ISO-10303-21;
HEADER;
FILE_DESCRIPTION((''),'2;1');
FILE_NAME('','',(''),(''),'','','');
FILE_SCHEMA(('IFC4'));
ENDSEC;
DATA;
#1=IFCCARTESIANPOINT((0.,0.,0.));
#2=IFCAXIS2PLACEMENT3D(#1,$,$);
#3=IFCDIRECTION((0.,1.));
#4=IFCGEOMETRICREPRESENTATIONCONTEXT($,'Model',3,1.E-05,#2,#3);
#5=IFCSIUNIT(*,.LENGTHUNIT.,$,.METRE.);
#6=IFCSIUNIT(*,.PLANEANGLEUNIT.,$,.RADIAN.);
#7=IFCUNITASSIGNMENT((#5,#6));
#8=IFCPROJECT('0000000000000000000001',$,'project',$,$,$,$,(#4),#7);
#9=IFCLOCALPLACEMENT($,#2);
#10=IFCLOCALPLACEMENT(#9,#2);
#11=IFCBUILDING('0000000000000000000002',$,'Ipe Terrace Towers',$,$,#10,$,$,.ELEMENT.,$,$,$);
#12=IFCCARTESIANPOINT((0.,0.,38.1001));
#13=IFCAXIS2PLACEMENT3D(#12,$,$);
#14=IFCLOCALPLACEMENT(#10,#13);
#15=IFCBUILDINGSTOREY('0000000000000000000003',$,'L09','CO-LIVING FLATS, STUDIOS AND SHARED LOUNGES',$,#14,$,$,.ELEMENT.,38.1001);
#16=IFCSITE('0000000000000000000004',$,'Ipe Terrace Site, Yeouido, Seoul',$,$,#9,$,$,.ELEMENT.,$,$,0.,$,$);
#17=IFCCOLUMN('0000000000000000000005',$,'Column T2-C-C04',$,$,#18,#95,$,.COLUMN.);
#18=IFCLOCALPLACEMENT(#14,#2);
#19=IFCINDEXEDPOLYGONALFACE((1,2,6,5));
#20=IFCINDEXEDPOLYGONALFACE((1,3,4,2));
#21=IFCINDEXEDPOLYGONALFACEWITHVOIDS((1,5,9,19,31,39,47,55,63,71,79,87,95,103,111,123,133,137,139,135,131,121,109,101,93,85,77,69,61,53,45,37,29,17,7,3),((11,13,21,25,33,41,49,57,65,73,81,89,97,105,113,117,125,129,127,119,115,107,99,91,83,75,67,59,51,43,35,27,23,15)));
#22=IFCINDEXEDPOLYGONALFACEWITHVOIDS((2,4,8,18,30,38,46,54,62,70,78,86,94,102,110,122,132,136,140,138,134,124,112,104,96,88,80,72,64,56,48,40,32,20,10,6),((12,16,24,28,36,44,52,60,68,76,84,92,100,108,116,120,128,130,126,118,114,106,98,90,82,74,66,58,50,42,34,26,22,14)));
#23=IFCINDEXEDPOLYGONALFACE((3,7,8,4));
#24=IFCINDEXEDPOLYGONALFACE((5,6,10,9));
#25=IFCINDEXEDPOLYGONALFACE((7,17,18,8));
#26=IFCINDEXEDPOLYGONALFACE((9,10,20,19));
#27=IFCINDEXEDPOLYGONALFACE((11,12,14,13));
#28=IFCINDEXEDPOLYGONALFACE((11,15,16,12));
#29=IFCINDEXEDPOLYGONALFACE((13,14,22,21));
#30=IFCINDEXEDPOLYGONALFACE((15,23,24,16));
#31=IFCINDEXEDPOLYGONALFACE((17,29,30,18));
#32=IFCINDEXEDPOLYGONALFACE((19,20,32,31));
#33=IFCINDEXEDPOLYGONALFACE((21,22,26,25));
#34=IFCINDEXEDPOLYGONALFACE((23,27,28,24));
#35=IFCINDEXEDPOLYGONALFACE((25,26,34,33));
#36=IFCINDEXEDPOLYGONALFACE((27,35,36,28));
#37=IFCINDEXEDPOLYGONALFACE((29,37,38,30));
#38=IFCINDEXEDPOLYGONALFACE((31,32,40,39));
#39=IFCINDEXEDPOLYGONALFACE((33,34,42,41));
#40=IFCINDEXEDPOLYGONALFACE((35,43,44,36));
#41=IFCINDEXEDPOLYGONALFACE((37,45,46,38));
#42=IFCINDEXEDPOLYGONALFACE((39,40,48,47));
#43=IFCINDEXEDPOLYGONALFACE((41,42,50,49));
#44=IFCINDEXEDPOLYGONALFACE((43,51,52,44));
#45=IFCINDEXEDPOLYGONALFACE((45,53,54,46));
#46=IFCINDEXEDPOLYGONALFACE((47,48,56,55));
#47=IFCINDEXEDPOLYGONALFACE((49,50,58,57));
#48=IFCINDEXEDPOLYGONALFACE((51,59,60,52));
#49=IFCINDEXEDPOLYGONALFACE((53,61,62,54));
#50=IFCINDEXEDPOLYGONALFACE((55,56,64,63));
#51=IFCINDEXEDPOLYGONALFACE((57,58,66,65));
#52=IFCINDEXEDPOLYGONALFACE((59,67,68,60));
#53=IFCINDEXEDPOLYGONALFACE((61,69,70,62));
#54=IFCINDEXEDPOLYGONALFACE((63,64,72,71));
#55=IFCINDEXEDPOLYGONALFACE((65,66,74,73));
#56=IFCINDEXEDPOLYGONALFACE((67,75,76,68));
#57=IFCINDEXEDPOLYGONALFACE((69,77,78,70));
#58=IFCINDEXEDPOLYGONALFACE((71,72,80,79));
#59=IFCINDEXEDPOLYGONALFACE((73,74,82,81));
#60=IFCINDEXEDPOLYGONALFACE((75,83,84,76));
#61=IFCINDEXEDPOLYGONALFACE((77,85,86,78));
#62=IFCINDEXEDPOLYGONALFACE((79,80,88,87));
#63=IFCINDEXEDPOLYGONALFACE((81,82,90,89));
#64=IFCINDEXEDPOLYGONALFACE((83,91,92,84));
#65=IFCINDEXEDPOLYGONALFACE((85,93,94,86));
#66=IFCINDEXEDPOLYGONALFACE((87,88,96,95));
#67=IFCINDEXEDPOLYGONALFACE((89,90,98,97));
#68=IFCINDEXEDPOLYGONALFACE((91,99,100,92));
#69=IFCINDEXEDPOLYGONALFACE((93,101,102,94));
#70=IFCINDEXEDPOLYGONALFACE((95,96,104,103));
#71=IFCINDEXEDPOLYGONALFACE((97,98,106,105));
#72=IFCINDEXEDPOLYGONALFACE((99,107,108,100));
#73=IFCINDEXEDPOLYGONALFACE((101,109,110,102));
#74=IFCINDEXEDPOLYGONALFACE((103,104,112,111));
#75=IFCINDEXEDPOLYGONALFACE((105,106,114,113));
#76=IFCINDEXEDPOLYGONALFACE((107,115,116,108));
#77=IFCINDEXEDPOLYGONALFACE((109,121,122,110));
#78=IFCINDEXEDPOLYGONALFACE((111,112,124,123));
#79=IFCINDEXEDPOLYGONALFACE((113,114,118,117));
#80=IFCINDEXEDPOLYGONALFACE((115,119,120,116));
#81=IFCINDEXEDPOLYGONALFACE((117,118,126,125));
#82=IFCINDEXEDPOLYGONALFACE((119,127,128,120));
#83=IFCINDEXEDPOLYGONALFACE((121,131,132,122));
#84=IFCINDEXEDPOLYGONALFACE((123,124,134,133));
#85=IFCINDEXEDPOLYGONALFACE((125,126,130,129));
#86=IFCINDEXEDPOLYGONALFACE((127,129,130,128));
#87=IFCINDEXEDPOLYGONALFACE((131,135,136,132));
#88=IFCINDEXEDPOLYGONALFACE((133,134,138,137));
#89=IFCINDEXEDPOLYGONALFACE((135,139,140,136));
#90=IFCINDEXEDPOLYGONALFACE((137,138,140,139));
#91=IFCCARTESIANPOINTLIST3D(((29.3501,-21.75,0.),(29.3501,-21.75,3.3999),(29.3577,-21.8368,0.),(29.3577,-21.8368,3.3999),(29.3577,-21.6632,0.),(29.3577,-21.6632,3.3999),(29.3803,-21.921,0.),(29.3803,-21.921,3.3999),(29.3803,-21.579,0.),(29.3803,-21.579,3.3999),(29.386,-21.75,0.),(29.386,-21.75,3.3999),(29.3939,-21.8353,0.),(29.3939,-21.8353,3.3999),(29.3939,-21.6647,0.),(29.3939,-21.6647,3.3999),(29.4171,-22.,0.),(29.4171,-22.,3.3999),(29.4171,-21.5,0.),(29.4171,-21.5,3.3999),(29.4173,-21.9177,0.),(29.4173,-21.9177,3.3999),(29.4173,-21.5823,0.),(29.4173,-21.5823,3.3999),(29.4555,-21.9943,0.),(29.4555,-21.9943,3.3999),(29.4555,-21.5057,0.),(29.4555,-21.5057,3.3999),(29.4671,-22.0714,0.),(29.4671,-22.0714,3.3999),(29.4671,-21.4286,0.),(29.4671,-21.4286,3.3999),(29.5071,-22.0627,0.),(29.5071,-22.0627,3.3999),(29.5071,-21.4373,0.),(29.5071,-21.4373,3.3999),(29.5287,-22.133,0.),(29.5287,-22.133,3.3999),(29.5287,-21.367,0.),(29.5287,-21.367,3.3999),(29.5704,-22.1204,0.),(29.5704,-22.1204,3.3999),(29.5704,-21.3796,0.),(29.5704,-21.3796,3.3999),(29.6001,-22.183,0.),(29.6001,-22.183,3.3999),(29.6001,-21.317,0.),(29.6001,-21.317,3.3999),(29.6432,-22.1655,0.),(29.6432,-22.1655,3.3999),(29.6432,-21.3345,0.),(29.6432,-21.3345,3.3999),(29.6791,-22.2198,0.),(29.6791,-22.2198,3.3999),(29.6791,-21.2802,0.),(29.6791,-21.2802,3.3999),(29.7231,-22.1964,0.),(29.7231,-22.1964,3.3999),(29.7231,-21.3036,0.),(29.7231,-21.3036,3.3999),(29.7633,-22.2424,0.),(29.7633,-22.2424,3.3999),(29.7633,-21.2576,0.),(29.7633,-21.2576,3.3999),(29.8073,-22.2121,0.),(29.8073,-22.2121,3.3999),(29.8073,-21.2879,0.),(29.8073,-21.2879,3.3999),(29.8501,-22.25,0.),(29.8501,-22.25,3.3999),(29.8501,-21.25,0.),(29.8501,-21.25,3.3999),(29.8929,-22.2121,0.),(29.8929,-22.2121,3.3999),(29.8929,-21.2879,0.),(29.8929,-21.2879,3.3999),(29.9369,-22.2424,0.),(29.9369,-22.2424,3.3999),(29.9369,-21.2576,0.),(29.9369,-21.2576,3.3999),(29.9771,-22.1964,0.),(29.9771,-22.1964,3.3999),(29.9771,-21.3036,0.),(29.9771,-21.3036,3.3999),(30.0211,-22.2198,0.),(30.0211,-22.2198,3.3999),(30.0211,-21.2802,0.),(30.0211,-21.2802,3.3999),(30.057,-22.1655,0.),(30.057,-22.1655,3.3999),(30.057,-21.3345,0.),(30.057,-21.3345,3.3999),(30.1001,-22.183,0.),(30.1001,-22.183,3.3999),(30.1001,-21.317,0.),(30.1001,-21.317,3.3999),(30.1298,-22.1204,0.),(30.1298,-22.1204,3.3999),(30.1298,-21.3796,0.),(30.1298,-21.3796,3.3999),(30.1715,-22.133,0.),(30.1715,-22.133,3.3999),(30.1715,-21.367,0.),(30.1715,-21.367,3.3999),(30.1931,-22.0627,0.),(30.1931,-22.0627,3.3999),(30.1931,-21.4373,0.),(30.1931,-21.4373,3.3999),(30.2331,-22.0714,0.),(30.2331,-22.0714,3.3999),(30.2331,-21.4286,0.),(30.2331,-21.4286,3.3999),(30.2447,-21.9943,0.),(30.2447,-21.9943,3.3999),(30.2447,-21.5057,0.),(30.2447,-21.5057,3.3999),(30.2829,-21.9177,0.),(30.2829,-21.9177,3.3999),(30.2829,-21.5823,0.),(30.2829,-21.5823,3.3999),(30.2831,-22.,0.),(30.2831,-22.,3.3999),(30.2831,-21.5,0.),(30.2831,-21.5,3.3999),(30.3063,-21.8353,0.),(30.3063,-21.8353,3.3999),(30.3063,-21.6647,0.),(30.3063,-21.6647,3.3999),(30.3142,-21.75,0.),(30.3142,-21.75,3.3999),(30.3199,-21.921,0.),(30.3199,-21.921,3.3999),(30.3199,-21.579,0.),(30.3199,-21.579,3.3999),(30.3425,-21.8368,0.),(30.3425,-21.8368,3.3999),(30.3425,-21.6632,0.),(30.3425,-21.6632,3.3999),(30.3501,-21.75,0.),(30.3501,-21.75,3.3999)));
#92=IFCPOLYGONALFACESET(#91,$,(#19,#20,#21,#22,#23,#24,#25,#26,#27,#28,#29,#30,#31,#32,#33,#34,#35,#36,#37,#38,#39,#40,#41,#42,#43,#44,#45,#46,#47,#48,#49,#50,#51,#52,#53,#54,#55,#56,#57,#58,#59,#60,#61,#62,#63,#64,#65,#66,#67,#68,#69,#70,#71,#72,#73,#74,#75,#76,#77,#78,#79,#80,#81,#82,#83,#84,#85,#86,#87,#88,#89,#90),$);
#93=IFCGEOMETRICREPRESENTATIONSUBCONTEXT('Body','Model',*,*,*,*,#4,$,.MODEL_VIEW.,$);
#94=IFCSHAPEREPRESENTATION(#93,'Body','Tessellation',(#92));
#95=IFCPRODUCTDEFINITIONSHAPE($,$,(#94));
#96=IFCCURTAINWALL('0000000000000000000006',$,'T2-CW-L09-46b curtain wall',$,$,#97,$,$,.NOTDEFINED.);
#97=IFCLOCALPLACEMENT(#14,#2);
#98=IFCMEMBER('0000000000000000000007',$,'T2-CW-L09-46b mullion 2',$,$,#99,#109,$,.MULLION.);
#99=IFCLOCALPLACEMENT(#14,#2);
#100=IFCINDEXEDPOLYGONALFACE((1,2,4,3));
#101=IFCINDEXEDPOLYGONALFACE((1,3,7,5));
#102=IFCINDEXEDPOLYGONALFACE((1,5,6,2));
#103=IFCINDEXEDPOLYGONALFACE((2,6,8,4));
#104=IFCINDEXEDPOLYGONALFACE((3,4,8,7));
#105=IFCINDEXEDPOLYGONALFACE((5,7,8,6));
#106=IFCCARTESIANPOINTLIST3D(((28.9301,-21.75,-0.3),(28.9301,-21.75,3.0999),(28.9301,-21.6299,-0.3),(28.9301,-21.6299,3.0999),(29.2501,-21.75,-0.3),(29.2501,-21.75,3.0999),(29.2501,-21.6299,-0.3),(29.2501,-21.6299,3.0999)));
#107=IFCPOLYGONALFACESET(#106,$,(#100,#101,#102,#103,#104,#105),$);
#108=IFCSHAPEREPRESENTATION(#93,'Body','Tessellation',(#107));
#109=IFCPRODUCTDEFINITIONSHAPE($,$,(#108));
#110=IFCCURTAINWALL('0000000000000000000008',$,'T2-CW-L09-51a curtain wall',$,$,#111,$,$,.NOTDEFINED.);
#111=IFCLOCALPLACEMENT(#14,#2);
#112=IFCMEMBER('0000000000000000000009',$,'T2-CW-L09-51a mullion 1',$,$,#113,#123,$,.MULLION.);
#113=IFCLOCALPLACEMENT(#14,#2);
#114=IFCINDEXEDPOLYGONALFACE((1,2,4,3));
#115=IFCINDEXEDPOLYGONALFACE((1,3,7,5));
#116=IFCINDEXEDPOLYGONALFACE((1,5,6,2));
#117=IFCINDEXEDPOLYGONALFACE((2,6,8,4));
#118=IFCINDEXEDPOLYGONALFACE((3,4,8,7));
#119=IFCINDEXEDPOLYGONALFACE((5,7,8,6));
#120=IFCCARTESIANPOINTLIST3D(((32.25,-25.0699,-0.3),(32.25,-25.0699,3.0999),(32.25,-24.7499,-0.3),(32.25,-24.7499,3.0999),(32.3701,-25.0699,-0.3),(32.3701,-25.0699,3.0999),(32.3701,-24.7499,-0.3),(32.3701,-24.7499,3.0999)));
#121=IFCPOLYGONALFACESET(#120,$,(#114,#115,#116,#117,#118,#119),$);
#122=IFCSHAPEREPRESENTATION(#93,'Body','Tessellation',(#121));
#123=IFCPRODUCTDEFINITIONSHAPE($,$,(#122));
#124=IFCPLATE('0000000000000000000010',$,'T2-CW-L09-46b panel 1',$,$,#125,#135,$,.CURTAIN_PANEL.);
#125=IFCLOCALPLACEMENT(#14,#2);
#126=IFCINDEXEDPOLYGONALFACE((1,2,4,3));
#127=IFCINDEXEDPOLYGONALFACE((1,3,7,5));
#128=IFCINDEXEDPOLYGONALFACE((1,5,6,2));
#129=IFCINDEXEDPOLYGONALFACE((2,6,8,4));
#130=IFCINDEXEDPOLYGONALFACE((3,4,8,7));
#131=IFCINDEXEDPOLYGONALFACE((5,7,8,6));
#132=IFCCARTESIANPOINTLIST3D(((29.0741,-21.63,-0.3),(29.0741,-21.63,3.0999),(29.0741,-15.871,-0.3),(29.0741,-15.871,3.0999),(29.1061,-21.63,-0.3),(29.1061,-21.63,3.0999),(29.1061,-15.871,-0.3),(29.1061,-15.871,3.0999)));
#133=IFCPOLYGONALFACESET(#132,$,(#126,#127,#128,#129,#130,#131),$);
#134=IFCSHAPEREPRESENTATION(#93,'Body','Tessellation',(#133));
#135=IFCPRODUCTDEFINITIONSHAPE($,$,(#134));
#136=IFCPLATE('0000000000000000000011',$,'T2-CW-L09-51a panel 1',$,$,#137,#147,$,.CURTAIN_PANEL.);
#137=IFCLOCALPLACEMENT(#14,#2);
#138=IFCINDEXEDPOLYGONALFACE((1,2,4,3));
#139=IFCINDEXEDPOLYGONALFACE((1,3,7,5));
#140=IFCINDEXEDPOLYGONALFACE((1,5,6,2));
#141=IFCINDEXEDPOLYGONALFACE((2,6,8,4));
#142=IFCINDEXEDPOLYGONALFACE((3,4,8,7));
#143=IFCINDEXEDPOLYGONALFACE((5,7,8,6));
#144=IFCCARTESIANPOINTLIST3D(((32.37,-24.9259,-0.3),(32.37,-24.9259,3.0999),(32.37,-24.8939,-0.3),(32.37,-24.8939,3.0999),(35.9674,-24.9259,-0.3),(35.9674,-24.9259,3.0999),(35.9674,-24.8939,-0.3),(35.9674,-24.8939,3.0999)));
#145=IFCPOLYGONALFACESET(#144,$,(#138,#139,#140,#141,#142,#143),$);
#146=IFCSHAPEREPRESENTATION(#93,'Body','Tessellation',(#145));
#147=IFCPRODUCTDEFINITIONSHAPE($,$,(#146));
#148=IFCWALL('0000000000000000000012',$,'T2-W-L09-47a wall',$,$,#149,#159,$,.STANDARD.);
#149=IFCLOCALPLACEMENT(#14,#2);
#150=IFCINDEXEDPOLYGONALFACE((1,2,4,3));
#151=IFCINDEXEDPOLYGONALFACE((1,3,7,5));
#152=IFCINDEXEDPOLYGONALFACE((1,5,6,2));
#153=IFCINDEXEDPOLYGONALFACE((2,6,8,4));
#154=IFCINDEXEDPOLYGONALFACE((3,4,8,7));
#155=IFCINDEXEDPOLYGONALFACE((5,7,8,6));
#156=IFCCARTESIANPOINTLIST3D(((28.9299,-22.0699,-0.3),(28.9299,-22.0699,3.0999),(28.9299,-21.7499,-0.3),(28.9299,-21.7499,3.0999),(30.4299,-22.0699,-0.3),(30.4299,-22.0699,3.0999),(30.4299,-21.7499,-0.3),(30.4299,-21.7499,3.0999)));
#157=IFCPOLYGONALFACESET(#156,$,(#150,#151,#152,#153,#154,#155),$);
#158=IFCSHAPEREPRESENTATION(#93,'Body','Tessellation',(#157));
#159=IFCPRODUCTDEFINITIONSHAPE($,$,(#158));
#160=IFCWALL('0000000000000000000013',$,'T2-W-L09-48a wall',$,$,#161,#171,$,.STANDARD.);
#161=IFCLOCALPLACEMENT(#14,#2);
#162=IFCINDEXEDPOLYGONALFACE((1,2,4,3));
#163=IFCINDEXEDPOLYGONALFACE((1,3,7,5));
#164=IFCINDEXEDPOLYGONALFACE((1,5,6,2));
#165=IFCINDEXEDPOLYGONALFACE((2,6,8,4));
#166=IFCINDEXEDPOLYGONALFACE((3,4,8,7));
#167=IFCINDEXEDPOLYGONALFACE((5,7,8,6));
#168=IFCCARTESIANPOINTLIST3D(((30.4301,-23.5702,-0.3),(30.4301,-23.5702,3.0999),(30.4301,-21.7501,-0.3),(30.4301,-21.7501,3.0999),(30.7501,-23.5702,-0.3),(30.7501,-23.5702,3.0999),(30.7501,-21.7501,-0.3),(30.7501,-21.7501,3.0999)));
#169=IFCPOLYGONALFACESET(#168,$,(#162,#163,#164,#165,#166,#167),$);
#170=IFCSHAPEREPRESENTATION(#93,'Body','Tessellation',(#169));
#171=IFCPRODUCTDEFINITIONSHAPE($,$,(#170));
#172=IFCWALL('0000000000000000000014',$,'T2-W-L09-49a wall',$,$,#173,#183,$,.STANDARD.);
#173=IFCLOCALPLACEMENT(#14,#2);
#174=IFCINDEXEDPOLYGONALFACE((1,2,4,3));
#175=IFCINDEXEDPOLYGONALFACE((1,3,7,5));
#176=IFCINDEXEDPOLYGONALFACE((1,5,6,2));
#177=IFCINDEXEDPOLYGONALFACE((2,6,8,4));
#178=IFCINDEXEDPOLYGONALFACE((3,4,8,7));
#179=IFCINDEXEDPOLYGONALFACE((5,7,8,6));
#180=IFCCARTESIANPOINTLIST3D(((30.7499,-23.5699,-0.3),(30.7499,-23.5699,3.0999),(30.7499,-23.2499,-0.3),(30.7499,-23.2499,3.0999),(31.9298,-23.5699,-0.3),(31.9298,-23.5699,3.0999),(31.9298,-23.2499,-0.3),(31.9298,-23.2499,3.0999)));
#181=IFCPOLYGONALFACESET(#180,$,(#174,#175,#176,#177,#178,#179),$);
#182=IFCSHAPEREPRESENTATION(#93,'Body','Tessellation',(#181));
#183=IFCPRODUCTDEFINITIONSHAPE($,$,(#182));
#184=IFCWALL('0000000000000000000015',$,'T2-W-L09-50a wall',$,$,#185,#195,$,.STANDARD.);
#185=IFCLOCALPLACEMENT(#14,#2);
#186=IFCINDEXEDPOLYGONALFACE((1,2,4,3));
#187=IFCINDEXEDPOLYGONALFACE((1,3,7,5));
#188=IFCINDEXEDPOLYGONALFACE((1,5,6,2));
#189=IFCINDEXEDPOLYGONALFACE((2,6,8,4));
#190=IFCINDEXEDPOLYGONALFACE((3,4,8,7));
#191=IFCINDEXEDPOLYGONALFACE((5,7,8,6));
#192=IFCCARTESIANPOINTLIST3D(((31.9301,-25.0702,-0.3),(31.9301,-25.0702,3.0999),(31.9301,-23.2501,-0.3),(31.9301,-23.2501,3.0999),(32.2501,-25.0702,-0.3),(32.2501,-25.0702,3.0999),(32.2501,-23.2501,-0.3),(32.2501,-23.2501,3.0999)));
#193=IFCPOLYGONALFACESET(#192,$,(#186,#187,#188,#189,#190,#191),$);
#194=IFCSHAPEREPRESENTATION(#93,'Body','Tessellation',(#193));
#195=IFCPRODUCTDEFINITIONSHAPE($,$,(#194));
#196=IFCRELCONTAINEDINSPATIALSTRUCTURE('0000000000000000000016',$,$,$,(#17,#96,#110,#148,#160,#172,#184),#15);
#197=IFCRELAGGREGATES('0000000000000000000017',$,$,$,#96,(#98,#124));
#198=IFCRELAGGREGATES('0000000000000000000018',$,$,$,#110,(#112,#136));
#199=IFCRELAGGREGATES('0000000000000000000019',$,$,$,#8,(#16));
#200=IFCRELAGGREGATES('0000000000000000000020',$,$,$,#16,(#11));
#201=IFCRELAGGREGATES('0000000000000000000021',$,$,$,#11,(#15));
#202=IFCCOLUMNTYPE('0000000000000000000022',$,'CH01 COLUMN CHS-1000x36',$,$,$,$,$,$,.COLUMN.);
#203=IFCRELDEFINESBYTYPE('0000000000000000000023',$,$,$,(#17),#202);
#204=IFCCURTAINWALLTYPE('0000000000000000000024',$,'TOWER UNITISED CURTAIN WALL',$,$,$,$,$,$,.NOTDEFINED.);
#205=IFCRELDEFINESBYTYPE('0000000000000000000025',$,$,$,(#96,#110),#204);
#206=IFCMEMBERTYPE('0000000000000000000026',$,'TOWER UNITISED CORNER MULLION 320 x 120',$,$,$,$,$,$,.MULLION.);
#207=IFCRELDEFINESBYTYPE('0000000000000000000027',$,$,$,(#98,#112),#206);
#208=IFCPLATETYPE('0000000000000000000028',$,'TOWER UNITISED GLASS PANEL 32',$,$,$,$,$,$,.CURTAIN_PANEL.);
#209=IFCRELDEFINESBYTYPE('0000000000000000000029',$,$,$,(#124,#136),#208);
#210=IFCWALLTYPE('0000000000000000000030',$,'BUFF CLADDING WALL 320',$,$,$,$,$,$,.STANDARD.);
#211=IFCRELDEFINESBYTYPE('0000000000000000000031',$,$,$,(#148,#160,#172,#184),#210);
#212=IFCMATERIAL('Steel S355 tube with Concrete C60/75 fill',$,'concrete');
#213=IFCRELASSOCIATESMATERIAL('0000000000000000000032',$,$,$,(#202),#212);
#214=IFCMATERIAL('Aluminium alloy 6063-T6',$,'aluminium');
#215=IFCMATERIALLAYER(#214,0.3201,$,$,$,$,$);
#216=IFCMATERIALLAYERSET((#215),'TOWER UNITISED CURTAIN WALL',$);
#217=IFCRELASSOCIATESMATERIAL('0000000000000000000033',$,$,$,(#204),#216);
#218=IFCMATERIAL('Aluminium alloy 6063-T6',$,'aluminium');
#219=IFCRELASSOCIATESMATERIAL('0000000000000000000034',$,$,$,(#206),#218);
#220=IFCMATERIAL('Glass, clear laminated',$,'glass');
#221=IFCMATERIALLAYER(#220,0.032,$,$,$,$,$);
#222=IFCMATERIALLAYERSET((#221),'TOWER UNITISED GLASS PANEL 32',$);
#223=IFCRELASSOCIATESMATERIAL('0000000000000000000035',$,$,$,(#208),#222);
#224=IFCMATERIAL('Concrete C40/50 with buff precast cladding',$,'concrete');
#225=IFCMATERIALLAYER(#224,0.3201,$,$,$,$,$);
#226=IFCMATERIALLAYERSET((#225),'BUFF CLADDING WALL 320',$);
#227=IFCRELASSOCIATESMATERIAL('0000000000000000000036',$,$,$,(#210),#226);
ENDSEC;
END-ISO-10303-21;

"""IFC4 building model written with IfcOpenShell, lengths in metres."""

from ifc_helpers import new_model, si_unit, direction, frame, frame_2d, origin, origin_2d, place, context, subcontext, project, spatial, rectangle, hollow_circle, extrude, material, layer, layer_set, material_profile, profile_set, type_object, element, aggregate, save


model = new_model("IFC4")

# Units and contexts
model_context = context("Model", 3, precision=1e-05, world=origin(), true_north=direction((0.0, 1.0)))
body_context = subcontext(model_context, "Body", "Model", "MODEL_VIEW")
ifc_project = project(units=[si_unit("LENGTHUNIT", "METRE"), si_unit("PLANEANGLEUNIT", "RADIAN")], contexts=[model_context])

# Site, building, storey
site_placement = place(None, origin())
site = spatial("IfcSite", under=ifc_project, at=site_placement, Name="Ipe Terrace Site, Yeouido, Seoul", CompositionType="ELEMENT", RefElevation=0.0)
building_placement = place(site_placement, origin())
building = spatial("IfcBuilding", under=site, at=building_placement, Name="Ipe Terrace Towers", CompositionType="ELEMENT")
storey_placement = place(building_placement, frame((0.0, 0.0, 38.1001)))
storey = spatial("IfcBuildingStorey", under=building, at=storey_placement, Name="L09", Description="CO-LIVING FLATS, STUDIOS AND SHARED LOUNGES", CompositionType="ELEMENT", Elevation=38.1001)

# Column
ifc_material_1 = material(Name="Steel S355 tube with Concrete C60/75 fill", Category="concrete")
ifc_material_profile_1 = material_profile(ifc_material_1, hollow_circle(Radius=0.5, WallThickness=0.0359, at=origin_2d()), Name="CHS-1000x36")
ifc_profile_set_1 = profile_set([ifc_material_profile_1], Name="Steel S355 tube with Concrete C60/75 fill")
column_type = type_object("IfcColumnType", Name="CH01 COLUMN CHS-1000x36", PredefinedType="COLUMN", material=ifc_profile_set_1)
column_placement = place(storey_placement, frame((29.8501, -21.75, 0.0), z_axis=(0.0, 0.0, 1.0), x_axis=(1.0, 0.0, 0.0)))
element("IfcColumn", 1, at=column_placement, inside=storey, type_object=column_type, Name="Column T2-C-C04", PredefinedType="COLUMN", context=body_context, shape_type="SweptSolid", body=[
    extrude(hollow_circle(Radius=0.5, WallThickness=0.0359, at=origin_2d()), origin(), (0.0, 0.0, 1.0), 3.3999),
])

# Curtain walls, members
ifc_material_2 = material(Name="Aluminium alloy 6063-T6", Category="aluminium")
ifc_layer_1 = layer(ifc_material_2, 0.3201)
ifc_layer_set_1 = layer_set([ifc_layer_1], Name="TOWER UNITISED CURTAIN WALL")
curtain_wall_type = type_object("IfcCurtainWallType", Name="TOWER UNITISED CURTAIN WALL", PredefinedType="NOTDEFINED", material=ifc_layer_set_1)
curtain_wall_1_placement = place(storey_placement, origin())
curtain_wall_1 = element("IfcCurtainWall", 2, at=curtain_wall_1_placement, inside=storey, type_object=curtain_wall_type, Name="T2-CW-L09-46b curtain wall", PredefinedType="NOTDEFINED")
ifc_material_3 = material(Name="Aluminium alloy 6063-T6", Category="aluminium")
ifc_material_profile_2 = material_profile(ifc_material_3, rectangle(XDim=0.3201, YDim=0.1201, at=origin_2d()), Name="TOWER UNITISED CORNER MULLION 320 x 120")
ifc_profile_set_2 = profile_set([ifc_material_profile_2], Name="Aluminium alloy 6063-T6")
member_type = type_object("IfcMemberType", Name="TOWER UNITISED CORNER MULLION 320 x 120", PredefinedType="MULLION", material=ifc_profile_set_2)
member_1_placement = place(storey_placement, frame((29.0901, -21.6899, -0.3), z_axis=(0.0, 0.0, 1.0), x_axis=(-1.0, 0.0, 0.0)))
member_1 = element("IfcMember", 3, at=member_1_placement, type_object=member_type, Name="T2-CW-L09-46b mullion 2", PredefinedType="MULLION", context=body_context, shape_type="SweptSolid", body=[
    extrude(rectangle(XDim=0.3201, YDim=0.1201, at=origin_2d()), origin(), (0.0, 0.0, 1.0), 3.3999),
])
curtain_wall_2_placement = place(storey_placement, origin())
curtain_wall_2 = element("IfcCurtainWall", 4, at=curtain_wall_2_placement, inside=storey, type_object=curtain_wall_type, Name="T2-CW-L09-51a curtain wall", PredefinedType="NOTDEFINED")
member_2_placement = place(storey_placement, frame((32.3101, -24.9099, -0.3), z_axis=(0.0, 0.0, 1.0), x_axis=(0.0, -1.0, 0.0)))
member_2 = element("IfcMember", 5, at=member_2_placement, type_object=member_type, Name="T2-CW-L09-51a mullion 1", PredefinedType="MULLION", context=body_context, shape_type="SweptSolid", body=[
    extrude(rectangle(XDim=0.3201, YDim=0.1201, at=origin_2d()), origin(), (0.0, 0.0, 1.0), 3.3999),
])

# Plates
ifc_material_4 = material(Name="Glass, clear laminated", Category="glass")
ifc_layer_2 = layer(ifc_material_4, 0.032)
ifc_layer_set_2 = layer_set([ifc_layer_2], Name="TOWER UNITISED GLASS PANEL 32")
plate_type = type_object("IfcPlateType", Name="TOWER UNITISED GLASS PANEL 32", PredefinedType="CURTAIN_PANEL", material=ifc_layer_set_2)
plate_1_placement = place(storey_placement, frame((29.0901, -18.7505, -0.3), z_axis=(0.0, 0.0, 1.0), x_axis=(0.0, -1.0, 0.0)))
plate_1 = element("IfcPlate", 6, at=plate_1_placement, type_object=plate_type, Name="T2-CW-L09-46b panel 1", PredefinedType="CURTAIN_PANEL", context=body_context, shape_type="SweptSolid", body=[
    extrude(rectangle(XDim=5.759, YDim=0.032, at=origin_2d()), origin(), (0.0, 0.0, 1.0), 3.3999),
])
aggregate(curtain_wall_1, [member_1, plate_1])
plate_2_placement = place(storey_placement, frame((34.1687, -24.9099, -0.3), z_axis=(0.0, 0.0, 1.0), x_axis=(1.0, 0.0, 0.0)))
plate_2 = element("IfcPlate", 7, at=plate_2_placement, type_object=plate_type, Name="T2-CW-L09-51a panel 1", PredefinedType="CURTAIN_PANEL", context=body_context, shape_type="SweptSolid", body=[
    extrude(rectangle(XDim=3.5974, YDim=0.032, at=origin_2d()), origin(), (0.0, 0.0, 1.0), 3.3999),
])
aggregate(curtain_wall_2, [member_2, plate_2])

# Walls
ifc_material_5 = material(Name="Concrete C40/50 with buff precast cladding", Category="concrete")
ifc_layer_3 = layer(ifc_material_5, 0.3201)
ifc_layer_set_3 = layer_set([ifc_layer_3], Name="BUFF CLADDING WALL 320")
wall_type_1 = type_object("IfcWallType", Name="BUFF CLADDING WALL 320", PredefinedType="STANDARD", material=ifc_layer_set_3)
wall_1_placement = place(storey_placement, frame((28.9299, -21.9099, -0.3), z_axis=(0.0, 0.0, 1.0), x_axis=(1.0, 0.0, 0.0)))
element("IfcWall", 8, at=wall_1_placement, inside=storey, type_object=wall_type_1, Name="T2-W-L09-47a wall", PredefinedType="STANDARD", context=body_context, shape_type="SweptSolid", body=[
    extrude(rectangle(XDim=1.5, YDim=0.3201, at=frame_2d((0.75, 0.0))), origin(), (0.0, 0.0, 1.0), 3.3999),
])
wall_2_placement = place(storey_placement, frame((30.5901, -21.75, -0.3), z_axis=(0.0, 0.0, 1.0), x_axis=(0.0, -1.0, 0.0)))
element("IfcWall", 9, at=wall_2_placement, inside=storey, type_object=wall_type_1, Name="T2-W-L09-48a wall", PredefinedType="STANDARD", context=body_context, shape_type="SweptSolid", body=[
    extrude(rectangle(XDim=1.8201, YDim=0.3201, at=frame_2d((0.9102, 0.0))), origin(), (0.0, 0.0, 1.0), 3.3999),
])
wall_3_placement = place(storey_placement, frame((30.75, -23.4099, -0.3), z_axis=(0.0, 0.0, 1.0), x_axis=(1.0, 0.0, 0.0)))
element("IfcWall", 10, at=wall_3_placement, inside=storey, type_object=wall_type_1, Name="T2-W-L09-49a wall", PredefinedType="STANDARD", context=body_context, shape_type="SweptSolid", body=[
    extrude(rectangle(XDim=1.1799, YDim=0.3201, at=frame_2d((0.5898, 0.0))), origin(), (0.0, 0.0, 1.0), 3.3999),
])
wall_4_placement = place(storey_placement, frame((32.0901, -23.25, -0.3), z_axis=(0.0, 0.0, 1.0), x_axis=(0.0, -1.0, 0.0)))
element("IfcWall", 11, at=wall_4_placement, inside=storey, type_object=wall_type_1, Name="T2-W-L09-50a wall", PredefinedType="STANDARD", context=body_context, shape_type="SweptSolid", body=[
    extrude(rectangle(XDim=1.8201, YDim=0.3201, at=frame_2d((0.9102, 0.0))), origin(), (0.0, 0.0, 1.0), 3.3999),
])

save(model, "model.ifc")
